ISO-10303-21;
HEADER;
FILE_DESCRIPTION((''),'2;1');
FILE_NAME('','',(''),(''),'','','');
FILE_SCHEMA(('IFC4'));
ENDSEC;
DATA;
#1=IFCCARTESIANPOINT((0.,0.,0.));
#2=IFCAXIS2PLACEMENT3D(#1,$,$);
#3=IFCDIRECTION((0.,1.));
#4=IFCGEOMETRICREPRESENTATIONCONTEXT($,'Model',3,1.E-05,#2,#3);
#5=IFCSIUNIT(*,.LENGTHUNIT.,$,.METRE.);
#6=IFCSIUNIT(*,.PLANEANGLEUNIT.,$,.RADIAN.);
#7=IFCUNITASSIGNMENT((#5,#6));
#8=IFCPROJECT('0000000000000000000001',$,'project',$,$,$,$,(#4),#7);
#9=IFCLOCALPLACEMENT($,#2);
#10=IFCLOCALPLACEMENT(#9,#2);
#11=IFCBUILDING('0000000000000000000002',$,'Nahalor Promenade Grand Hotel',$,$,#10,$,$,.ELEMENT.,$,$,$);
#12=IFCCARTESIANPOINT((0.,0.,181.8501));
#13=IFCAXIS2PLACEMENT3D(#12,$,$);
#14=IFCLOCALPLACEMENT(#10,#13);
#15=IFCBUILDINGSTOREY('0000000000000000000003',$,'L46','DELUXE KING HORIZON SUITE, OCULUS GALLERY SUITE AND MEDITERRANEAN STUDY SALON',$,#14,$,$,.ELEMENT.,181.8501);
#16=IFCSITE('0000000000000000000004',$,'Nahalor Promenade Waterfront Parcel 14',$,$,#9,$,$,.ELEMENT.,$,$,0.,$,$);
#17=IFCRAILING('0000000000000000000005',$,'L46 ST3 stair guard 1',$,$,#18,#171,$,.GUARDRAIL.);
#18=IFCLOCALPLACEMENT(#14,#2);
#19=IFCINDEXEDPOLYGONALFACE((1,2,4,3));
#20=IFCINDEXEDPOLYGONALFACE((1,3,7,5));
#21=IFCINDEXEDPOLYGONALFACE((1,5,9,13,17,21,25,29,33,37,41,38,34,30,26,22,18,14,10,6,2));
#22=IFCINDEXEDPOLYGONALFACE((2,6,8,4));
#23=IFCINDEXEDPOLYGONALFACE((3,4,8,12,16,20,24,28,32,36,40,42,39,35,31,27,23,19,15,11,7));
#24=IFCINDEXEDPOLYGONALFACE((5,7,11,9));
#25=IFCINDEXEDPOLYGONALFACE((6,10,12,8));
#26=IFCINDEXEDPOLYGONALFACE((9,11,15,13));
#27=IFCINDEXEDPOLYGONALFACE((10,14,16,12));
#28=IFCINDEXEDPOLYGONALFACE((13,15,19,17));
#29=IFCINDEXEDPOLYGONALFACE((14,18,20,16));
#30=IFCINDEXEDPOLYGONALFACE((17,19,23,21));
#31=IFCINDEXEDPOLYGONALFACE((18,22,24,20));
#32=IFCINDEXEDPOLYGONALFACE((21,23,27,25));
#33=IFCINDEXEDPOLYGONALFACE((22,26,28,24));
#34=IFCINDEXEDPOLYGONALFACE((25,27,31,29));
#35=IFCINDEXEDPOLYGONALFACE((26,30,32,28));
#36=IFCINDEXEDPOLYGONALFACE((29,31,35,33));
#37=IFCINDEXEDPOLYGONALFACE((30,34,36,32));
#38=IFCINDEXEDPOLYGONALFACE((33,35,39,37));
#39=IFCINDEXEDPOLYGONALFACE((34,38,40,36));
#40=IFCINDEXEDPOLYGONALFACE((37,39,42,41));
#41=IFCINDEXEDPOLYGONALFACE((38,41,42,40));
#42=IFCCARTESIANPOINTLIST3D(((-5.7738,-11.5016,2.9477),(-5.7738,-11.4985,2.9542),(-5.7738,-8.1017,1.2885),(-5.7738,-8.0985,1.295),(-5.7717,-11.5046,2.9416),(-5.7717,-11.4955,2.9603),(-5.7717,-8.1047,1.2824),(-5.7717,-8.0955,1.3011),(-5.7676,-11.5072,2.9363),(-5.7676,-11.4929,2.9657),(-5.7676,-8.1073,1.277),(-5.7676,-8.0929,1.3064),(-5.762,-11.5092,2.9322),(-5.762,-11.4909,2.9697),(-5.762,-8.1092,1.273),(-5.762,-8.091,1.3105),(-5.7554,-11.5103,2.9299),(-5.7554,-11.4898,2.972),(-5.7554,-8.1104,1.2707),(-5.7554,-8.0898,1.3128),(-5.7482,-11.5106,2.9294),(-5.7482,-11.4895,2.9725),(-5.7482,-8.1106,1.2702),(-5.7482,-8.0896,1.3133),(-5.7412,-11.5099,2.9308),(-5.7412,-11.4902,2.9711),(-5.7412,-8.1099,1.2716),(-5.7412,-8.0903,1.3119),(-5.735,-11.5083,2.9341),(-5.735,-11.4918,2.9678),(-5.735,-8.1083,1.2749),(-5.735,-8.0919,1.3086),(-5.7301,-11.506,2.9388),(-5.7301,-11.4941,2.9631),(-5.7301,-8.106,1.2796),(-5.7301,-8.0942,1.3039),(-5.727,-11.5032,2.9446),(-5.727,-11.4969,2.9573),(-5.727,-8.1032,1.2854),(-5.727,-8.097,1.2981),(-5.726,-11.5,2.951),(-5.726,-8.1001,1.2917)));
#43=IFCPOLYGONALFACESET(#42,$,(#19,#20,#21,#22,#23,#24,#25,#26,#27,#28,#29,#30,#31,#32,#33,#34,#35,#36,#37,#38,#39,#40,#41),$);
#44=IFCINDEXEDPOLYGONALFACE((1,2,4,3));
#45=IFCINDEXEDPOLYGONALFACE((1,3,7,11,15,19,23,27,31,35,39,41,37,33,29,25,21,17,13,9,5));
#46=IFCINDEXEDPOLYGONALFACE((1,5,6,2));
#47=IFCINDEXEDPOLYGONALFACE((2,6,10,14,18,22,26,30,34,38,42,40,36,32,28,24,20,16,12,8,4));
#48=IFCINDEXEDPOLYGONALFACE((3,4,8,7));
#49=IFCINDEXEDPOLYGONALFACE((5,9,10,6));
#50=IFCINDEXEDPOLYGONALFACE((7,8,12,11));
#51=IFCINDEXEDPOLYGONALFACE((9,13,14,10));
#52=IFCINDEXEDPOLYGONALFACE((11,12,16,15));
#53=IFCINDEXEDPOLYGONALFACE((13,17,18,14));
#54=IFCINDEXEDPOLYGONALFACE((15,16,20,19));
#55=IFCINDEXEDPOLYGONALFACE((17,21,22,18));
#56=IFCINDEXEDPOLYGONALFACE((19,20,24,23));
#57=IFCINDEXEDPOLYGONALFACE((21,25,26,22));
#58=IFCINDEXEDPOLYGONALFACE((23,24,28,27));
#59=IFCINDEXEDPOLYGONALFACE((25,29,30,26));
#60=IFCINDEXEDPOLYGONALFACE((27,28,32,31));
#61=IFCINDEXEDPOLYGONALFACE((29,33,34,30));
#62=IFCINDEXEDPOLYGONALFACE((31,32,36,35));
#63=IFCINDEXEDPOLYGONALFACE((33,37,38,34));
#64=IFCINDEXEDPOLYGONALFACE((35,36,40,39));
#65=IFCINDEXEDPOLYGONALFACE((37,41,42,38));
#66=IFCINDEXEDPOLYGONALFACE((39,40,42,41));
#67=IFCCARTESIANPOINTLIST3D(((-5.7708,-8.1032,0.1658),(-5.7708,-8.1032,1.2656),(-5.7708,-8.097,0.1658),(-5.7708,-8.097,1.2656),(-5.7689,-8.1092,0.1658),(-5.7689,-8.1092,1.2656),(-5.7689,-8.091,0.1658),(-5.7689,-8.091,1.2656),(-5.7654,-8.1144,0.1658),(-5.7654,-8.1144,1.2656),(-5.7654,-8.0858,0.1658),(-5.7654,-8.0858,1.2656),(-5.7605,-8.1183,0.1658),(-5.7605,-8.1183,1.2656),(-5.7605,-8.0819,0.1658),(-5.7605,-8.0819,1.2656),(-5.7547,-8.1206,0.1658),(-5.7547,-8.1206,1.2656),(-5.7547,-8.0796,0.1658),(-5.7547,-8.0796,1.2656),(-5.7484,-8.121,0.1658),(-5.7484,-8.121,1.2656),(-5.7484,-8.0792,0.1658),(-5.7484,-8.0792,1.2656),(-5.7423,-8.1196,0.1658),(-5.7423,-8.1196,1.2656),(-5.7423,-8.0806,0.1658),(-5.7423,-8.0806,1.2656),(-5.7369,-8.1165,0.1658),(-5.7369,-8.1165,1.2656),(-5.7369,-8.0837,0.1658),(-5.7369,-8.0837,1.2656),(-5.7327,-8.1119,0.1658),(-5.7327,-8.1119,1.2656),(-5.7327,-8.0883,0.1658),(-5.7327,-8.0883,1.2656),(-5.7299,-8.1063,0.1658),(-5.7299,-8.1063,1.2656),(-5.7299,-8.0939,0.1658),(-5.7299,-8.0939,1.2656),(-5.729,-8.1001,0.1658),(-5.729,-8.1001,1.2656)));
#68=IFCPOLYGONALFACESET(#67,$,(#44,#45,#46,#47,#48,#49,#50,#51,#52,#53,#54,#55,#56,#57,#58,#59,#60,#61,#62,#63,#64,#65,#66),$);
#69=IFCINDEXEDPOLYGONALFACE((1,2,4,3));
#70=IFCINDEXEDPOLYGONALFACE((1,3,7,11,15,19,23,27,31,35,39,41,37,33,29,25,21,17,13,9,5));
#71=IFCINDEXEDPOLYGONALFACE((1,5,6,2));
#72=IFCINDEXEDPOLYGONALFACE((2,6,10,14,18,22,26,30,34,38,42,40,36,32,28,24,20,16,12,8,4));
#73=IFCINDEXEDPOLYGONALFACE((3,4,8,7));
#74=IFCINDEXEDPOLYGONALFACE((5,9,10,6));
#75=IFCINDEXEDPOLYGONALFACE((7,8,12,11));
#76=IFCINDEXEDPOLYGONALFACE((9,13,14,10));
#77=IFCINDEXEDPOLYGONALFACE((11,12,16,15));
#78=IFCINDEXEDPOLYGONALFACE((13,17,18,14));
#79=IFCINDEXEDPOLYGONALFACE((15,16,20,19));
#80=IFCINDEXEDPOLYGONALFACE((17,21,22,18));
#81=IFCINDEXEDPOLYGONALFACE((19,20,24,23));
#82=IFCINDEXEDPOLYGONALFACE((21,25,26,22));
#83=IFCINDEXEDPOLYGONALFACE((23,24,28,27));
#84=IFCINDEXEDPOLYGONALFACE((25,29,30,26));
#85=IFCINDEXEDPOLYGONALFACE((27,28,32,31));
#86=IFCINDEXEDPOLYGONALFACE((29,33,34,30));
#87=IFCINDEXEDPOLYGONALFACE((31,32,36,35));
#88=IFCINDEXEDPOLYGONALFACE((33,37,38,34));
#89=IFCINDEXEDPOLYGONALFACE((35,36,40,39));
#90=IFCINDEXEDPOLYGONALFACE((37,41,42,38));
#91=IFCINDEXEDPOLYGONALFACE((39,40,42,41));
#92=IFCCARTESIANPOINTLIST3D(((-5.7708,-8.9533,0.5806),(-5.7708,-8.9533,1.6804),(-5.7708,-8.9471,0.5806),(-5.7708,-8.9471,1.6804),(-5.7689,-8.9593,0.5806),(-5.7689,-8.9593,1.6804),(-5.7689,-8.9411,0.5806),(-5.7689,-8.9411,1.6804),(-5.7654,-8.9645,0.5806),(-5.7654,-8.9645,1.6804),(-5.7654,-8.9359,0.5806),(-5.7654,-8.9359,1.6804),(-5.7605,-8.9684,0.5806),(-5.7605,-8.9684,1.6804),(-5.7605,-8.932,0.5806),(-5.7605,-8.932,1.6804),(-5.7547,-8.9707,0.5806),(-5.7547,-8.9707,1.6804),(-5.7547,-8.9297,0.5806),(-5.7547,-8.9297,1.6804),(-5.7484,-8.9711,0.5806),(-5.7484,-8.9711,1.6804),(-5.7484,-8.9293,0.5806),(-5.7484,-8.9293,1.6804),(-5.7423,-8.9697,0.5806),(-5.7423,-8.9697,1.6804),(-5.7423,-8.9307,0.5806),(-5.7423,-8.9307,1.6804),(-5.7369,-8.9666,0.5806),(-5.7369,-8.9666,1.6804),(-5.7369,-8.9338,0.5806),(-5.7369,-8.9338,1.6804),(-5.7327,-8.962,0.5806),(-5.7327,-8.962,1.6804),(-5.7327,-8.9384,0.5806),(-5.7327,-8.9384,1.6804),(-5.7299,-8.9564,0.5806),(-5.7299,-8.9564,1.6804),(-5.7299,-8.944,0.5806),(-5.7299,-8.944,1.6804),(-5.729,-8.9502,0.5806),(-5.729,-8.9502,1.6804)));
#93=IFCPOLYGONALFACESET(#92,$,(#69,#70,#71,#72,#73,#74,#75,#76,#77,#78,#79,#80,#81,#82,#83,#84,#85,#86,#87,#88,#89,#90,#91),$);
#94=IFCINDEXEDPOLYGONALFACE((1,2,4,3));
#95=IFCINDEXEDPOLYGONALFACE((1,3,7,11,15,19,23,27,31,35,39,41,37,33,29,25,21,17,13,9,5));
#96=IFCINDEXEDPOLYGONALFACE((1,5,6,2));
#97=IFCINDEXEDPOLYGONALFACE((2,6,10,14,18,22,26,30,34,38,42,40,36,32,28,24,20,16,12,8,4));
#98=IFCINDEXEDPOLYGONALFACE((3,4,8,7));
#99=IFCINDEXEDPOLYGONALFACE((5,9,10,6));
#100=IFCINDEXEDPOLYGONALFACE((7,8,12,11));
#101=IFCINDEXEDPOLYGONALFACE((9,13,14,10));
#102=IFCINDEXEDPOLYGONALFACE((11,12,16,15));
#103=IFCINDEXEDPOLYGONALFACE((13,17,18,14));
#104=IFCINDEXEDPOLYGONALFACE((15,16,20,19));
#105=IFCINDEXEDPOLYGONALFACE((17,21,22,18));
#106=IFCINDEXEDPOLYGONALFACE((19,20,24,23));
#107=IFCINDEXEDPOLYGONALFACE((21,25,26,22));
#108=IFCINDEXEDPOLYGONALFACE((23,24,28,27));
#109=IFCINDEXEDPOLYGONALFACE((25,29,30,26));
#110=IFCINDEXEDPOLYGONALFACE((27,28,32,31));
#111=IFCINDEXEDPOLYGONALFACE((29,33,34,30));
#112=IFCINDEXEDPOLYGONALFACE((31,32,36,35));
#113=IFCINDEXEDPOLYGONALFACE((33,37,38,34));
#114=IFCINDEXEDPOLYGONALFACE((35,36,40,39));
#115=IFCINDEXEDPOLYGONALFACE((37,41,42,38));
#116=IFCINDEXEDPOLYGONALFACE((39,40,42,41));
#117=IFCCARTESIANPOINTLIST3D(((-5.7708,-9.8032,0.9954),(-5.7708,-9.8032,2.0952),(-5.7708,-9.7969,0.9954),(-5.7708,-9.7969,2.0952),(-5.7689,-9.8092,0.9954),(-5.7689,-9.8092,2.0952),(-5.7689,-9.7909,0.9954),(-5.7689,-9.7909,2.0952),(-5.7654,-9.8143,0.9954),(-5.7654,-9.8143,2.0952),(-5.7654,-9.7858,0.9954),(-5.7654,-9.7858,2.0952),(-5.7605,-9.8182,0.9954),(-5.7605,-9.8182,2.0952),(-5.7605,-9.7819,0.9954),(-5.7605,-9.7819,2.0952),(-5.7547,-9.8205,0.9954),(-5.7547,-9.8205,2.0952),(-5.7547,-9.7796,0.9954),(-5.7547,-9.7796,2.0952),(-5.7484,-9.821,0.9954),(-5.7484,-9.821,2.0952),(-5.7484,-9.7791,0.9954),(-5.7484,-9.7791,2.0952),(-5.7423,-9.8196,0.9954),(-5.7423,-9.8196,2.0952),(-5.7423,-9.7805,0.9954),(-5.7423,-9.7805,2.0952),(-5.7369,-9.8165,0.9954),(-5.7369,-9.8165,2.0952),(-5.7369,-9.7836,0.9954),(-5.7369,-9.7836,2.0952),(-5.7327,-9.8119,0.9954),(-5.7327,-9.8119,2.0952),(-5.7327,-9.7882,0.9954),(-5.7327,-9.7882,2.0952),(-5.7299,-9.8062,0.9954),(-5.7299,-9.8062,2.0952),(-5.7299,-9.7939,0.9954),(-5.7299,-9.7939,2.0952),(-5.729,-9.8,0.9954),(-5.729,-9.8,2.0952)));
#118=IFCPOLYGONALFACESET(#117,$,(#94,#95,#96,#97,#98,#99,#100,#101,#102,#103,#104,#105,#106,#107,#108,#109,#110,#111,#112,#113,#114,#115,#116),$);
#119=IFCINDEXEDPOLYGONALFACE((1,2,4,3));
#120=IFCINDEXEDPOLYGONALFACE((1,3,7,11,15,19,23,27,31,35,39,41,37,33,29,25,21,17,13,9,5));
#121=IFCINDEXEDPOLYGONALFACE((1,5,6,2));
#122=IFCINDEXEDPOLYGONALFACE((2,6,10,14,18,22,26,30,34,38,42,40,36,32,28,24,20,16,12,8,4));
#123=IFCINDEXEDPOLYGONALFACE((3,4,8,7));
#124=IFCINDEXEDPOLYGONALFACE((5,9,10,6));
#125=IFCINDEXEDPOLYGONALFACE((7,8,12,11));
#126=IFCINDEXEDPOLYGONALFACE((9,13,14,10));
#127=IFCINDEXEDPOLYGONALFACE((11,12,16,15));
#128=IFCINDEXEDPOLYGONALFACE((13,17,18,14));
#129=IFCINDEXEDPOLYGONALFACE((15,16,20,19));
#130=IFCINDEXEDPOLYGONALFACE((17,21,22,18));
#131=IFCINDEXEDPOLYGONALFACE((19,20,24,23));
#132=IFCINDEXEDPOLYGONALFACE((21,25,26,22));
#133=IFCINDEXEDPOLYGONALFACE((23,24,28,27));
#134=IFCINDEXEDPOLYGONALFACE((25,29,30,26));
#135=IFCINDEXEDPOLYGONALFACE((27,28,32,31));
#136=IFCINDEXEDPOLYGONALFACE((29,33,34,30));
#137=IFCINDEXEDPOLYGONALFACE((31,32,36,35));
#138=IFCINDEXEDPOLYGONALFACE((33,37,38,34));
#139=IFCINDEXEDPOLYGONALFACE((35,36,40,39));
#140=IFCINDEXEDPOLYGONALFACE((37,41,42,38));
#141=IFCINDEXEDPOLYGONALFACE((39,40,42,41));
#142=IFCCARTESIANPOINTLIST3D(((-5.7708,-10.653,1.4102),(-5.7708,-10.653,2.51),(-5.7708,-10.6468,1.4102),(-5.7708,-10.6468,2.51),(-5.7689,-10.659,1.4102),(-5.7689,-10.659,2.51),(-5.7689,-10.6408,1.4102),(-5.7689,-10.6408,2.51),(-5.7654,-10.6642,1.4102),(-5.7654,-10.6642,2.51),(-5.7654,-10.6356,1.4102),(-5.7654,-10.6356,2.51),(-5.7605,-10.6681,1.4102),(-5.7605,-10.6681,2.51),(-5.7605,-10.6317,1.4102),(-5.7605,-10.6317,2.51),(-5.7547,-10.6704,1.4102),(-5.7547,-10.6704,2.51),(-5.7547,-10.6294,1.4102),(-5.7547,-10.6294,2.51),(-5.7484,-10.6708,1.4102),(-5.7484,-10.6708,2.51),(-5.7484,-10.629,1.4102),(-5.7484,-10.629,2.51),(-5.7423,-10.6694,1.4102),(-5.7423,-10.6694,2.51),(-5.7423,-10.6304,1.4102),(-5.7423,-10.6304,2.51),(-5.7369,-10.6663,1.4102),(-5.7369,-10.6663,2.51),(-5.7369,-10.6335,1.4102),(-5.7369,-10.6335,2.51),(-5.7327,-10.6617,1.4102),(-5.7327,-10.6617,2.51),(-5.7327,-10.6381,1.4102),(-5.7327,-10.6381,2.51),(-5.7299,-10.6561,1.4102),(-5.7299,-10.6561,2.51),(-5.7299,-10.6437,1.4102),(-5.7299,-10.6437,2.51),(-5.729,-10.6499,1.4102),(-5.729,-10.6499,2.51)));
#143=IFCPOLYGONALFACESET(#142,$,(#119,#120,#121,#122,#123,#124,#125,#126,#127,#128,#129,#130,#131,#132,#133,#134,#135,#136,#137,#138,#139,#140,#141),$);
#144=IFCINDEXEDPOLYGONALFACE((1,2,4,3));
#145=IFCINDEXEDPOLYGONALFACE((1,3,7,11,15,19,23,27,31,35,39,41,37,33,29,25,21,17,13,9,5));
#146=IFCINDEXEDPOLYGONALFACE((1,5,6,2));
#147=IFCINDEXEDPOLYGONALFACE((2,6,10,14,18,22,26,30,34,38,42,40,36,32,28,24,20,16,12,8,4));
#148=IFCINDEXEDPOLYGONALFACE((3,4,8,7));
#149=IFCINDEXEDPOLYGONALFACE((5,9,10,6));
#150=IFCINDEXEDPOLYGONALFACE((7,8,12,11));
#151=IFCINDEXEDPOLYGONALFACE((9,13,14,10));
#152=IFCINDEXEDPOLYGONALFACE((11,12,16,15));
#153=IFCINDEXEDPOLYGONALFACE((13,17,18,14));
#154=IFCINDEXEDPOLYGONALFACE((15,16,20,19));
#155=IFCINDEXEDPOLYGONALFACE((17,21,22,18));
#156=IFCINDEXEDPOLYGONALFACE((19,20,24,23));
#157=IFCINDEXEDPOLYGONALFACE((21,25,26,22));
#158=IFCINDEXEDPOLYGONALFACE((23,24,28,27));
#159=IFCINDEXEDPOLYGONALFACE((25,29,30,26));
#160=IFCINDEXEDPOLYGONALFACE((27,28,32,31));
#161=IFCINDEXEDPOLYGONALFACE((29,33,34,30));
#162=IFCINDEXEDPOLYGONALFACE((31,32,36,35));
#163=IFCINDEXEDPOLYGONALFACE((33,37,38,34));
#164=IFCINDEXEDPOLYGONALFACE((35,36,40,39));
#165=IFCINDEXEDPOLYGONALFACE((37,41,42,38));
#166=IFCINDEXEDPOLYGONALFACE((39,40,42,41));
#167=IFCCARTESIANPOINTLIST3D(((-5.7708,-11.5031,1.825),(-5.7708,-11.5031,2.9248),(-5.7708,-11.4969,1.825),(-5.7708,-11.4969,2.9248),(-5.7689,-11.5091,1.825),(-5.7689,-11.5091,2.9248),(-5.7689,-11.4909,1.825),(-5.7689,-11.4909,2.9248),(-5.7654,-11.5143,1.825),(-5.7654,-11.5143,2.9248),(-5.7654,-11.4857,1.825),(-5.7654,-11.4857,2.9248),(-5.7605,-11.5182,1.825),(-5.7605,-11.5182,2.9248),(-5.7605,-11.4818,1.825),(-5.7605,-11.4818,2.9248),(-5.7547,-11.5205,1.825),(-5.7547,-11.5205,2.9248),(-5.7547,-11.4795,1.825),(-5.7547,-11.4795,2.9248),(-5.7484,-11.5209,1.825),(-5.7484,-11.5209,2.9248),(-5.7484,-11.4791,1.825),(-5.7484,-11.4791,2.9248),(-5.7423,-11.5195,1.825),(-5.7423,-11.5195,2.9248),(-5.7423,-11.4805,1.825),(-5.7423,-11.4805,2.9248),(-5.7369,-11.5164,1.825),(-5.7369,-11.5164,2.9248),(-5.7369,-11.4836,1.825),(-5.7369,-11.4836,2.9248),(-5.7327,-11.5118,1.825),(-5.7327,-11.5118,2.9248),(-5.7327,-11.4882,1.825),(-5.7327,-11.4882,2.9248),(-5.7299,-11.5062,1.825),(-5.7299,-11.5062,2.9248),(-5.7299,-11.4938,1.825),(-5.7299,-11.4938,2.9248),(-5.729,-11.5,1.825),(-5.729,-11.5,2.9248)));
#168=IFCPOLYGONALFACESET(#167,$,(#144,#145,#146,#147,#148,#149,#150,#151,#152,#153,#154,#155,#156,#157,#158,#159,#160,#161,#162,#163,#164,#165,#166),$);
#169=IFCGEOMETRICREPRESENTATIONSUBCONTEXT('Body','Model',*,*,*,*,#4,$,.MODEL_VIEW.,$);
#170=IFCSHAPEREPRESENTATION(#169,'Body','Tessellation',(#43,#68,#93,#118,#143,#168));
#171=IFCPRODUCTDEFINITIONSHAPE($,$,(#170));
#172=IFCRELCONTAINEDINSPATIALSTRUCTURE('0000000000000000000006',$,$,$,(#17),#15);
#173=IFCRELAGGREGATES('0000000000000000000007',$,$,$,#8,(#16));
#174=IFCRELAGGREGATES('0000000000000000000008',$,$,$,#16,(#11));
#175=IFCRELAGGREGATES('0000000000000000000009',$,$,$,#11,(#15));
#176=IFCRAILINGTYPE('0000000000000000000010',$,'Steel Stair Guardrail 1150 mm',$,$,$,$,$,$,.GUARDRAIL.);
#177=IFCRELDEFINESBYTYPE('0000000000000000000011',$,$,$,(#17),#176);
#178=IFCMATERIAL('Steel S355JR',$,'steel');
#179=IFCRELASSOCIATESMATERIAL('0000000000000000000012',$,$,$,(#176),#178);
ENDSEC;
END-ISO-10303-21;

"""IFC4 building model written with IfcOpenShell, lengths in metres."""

from ifc_helpers import new_model, si_unit, direction, frame, origin, origin_2d, place, context, subcontext, project, spatial, circle, extrude, material, type_object, element, save


model = new_model("IFC4")

# Units and contexts
model_context = context("Model", 3, precision=1e-05, world=origin(), true_north=direction((0.0, 1.0)))
body_context = subcontext(model_context, "Body", "Model", "MODEL_VIEW")
ifc_project = project(units=[si_unit("LENGTHUNIT", "METRE"), si_unit("PLANEANGLEUNIT", "RADIAN")], contexts=[model_context])

# Site, building, storey
site_placement = place(None, origin())
site = spatial("IfcSite", under=ifc_project, at=site_placement, Name="Nahalor Promenade Waterfront Parcel 14", CompositionType="ELEMENT", RefElevation=0.0)
building_placement = place(site_placement, origin())
building = spatial("IfcBuilding", under=site, at=building_placement, Name="Nahalor Promenade Grand Hotel", CompositionType="ELEMENT")
storey_placement = place(building_placement, frame((0.0, 0.0, 181.8501)))
storey = spatial("IfcBuildingStorey", under=building, at=storey_placement, Name="L46", Description="DELUXE KING HORIZON SUITE, OCULUS GALLERY SUITE AND MEDITERRANEAN STUDY SALON", CompositionType="ELEMENT", Elevation=181.8501)

# Shared definitions
ifc_material_1 = material(Name="Steel S355JR", Category="steel")

# Railing
railing_type_1 = type_object("IfcRailingType", Name="Steel Stair Guardrail 1150 mm", PredefinedType="GUARDRAIL", material=ifc_material_1)
railing_1_placement = place(storey_placement, frame((-5.75, -8.1001, 0.1658)))
element("IfcRailing", 1, at=railing_1_placement, inside=storey, type_object=railing_type_1, Name="L46 ST3 stair guard 1", PredefinedType="GUARDRAIL", context=body_context, shape_type="SweptSolid", body=[
    extrude(circle(Radius=0.024, at=origin_2d()), frame((0.0, 0.0, 1.126), z_axis=(0.0, -0.898696, 0.438571), x_axis=(1.0, 0.0, 0.0)), (0.0, 0.0, 1.0), 3.7832),
    extrude(circle(Radius=0.021, at=origin_2d()), origin(), (0.0, 0.0, 1.0), 1.0999),
    extrude(circle(Radius=0.021, at=origin_2d()), frame((0.0, -0.8501, 0.4148)), (0.0, 0.0, 1.0), 1.0999),
    extrude(circle(Radius=0.021, at=origin_2d()), frame((0.0, -1.7, 0.8296)), (0.0, 0.0, 1.0), 1.0999),
    extrude(circle(Radius=0.021, at=origin_2d()), frame((0.0, -2.5498, 1.2444)), (0.0, 0.0, 1.0), 1.0999),
    extrude(circle(Radius=0.021, at=origin_2d()), frame((0.0, -3.3999, 1.6592)), (0.0, 0.0, 1.0), 1.0999),
])

save(model, "model.ifc")
